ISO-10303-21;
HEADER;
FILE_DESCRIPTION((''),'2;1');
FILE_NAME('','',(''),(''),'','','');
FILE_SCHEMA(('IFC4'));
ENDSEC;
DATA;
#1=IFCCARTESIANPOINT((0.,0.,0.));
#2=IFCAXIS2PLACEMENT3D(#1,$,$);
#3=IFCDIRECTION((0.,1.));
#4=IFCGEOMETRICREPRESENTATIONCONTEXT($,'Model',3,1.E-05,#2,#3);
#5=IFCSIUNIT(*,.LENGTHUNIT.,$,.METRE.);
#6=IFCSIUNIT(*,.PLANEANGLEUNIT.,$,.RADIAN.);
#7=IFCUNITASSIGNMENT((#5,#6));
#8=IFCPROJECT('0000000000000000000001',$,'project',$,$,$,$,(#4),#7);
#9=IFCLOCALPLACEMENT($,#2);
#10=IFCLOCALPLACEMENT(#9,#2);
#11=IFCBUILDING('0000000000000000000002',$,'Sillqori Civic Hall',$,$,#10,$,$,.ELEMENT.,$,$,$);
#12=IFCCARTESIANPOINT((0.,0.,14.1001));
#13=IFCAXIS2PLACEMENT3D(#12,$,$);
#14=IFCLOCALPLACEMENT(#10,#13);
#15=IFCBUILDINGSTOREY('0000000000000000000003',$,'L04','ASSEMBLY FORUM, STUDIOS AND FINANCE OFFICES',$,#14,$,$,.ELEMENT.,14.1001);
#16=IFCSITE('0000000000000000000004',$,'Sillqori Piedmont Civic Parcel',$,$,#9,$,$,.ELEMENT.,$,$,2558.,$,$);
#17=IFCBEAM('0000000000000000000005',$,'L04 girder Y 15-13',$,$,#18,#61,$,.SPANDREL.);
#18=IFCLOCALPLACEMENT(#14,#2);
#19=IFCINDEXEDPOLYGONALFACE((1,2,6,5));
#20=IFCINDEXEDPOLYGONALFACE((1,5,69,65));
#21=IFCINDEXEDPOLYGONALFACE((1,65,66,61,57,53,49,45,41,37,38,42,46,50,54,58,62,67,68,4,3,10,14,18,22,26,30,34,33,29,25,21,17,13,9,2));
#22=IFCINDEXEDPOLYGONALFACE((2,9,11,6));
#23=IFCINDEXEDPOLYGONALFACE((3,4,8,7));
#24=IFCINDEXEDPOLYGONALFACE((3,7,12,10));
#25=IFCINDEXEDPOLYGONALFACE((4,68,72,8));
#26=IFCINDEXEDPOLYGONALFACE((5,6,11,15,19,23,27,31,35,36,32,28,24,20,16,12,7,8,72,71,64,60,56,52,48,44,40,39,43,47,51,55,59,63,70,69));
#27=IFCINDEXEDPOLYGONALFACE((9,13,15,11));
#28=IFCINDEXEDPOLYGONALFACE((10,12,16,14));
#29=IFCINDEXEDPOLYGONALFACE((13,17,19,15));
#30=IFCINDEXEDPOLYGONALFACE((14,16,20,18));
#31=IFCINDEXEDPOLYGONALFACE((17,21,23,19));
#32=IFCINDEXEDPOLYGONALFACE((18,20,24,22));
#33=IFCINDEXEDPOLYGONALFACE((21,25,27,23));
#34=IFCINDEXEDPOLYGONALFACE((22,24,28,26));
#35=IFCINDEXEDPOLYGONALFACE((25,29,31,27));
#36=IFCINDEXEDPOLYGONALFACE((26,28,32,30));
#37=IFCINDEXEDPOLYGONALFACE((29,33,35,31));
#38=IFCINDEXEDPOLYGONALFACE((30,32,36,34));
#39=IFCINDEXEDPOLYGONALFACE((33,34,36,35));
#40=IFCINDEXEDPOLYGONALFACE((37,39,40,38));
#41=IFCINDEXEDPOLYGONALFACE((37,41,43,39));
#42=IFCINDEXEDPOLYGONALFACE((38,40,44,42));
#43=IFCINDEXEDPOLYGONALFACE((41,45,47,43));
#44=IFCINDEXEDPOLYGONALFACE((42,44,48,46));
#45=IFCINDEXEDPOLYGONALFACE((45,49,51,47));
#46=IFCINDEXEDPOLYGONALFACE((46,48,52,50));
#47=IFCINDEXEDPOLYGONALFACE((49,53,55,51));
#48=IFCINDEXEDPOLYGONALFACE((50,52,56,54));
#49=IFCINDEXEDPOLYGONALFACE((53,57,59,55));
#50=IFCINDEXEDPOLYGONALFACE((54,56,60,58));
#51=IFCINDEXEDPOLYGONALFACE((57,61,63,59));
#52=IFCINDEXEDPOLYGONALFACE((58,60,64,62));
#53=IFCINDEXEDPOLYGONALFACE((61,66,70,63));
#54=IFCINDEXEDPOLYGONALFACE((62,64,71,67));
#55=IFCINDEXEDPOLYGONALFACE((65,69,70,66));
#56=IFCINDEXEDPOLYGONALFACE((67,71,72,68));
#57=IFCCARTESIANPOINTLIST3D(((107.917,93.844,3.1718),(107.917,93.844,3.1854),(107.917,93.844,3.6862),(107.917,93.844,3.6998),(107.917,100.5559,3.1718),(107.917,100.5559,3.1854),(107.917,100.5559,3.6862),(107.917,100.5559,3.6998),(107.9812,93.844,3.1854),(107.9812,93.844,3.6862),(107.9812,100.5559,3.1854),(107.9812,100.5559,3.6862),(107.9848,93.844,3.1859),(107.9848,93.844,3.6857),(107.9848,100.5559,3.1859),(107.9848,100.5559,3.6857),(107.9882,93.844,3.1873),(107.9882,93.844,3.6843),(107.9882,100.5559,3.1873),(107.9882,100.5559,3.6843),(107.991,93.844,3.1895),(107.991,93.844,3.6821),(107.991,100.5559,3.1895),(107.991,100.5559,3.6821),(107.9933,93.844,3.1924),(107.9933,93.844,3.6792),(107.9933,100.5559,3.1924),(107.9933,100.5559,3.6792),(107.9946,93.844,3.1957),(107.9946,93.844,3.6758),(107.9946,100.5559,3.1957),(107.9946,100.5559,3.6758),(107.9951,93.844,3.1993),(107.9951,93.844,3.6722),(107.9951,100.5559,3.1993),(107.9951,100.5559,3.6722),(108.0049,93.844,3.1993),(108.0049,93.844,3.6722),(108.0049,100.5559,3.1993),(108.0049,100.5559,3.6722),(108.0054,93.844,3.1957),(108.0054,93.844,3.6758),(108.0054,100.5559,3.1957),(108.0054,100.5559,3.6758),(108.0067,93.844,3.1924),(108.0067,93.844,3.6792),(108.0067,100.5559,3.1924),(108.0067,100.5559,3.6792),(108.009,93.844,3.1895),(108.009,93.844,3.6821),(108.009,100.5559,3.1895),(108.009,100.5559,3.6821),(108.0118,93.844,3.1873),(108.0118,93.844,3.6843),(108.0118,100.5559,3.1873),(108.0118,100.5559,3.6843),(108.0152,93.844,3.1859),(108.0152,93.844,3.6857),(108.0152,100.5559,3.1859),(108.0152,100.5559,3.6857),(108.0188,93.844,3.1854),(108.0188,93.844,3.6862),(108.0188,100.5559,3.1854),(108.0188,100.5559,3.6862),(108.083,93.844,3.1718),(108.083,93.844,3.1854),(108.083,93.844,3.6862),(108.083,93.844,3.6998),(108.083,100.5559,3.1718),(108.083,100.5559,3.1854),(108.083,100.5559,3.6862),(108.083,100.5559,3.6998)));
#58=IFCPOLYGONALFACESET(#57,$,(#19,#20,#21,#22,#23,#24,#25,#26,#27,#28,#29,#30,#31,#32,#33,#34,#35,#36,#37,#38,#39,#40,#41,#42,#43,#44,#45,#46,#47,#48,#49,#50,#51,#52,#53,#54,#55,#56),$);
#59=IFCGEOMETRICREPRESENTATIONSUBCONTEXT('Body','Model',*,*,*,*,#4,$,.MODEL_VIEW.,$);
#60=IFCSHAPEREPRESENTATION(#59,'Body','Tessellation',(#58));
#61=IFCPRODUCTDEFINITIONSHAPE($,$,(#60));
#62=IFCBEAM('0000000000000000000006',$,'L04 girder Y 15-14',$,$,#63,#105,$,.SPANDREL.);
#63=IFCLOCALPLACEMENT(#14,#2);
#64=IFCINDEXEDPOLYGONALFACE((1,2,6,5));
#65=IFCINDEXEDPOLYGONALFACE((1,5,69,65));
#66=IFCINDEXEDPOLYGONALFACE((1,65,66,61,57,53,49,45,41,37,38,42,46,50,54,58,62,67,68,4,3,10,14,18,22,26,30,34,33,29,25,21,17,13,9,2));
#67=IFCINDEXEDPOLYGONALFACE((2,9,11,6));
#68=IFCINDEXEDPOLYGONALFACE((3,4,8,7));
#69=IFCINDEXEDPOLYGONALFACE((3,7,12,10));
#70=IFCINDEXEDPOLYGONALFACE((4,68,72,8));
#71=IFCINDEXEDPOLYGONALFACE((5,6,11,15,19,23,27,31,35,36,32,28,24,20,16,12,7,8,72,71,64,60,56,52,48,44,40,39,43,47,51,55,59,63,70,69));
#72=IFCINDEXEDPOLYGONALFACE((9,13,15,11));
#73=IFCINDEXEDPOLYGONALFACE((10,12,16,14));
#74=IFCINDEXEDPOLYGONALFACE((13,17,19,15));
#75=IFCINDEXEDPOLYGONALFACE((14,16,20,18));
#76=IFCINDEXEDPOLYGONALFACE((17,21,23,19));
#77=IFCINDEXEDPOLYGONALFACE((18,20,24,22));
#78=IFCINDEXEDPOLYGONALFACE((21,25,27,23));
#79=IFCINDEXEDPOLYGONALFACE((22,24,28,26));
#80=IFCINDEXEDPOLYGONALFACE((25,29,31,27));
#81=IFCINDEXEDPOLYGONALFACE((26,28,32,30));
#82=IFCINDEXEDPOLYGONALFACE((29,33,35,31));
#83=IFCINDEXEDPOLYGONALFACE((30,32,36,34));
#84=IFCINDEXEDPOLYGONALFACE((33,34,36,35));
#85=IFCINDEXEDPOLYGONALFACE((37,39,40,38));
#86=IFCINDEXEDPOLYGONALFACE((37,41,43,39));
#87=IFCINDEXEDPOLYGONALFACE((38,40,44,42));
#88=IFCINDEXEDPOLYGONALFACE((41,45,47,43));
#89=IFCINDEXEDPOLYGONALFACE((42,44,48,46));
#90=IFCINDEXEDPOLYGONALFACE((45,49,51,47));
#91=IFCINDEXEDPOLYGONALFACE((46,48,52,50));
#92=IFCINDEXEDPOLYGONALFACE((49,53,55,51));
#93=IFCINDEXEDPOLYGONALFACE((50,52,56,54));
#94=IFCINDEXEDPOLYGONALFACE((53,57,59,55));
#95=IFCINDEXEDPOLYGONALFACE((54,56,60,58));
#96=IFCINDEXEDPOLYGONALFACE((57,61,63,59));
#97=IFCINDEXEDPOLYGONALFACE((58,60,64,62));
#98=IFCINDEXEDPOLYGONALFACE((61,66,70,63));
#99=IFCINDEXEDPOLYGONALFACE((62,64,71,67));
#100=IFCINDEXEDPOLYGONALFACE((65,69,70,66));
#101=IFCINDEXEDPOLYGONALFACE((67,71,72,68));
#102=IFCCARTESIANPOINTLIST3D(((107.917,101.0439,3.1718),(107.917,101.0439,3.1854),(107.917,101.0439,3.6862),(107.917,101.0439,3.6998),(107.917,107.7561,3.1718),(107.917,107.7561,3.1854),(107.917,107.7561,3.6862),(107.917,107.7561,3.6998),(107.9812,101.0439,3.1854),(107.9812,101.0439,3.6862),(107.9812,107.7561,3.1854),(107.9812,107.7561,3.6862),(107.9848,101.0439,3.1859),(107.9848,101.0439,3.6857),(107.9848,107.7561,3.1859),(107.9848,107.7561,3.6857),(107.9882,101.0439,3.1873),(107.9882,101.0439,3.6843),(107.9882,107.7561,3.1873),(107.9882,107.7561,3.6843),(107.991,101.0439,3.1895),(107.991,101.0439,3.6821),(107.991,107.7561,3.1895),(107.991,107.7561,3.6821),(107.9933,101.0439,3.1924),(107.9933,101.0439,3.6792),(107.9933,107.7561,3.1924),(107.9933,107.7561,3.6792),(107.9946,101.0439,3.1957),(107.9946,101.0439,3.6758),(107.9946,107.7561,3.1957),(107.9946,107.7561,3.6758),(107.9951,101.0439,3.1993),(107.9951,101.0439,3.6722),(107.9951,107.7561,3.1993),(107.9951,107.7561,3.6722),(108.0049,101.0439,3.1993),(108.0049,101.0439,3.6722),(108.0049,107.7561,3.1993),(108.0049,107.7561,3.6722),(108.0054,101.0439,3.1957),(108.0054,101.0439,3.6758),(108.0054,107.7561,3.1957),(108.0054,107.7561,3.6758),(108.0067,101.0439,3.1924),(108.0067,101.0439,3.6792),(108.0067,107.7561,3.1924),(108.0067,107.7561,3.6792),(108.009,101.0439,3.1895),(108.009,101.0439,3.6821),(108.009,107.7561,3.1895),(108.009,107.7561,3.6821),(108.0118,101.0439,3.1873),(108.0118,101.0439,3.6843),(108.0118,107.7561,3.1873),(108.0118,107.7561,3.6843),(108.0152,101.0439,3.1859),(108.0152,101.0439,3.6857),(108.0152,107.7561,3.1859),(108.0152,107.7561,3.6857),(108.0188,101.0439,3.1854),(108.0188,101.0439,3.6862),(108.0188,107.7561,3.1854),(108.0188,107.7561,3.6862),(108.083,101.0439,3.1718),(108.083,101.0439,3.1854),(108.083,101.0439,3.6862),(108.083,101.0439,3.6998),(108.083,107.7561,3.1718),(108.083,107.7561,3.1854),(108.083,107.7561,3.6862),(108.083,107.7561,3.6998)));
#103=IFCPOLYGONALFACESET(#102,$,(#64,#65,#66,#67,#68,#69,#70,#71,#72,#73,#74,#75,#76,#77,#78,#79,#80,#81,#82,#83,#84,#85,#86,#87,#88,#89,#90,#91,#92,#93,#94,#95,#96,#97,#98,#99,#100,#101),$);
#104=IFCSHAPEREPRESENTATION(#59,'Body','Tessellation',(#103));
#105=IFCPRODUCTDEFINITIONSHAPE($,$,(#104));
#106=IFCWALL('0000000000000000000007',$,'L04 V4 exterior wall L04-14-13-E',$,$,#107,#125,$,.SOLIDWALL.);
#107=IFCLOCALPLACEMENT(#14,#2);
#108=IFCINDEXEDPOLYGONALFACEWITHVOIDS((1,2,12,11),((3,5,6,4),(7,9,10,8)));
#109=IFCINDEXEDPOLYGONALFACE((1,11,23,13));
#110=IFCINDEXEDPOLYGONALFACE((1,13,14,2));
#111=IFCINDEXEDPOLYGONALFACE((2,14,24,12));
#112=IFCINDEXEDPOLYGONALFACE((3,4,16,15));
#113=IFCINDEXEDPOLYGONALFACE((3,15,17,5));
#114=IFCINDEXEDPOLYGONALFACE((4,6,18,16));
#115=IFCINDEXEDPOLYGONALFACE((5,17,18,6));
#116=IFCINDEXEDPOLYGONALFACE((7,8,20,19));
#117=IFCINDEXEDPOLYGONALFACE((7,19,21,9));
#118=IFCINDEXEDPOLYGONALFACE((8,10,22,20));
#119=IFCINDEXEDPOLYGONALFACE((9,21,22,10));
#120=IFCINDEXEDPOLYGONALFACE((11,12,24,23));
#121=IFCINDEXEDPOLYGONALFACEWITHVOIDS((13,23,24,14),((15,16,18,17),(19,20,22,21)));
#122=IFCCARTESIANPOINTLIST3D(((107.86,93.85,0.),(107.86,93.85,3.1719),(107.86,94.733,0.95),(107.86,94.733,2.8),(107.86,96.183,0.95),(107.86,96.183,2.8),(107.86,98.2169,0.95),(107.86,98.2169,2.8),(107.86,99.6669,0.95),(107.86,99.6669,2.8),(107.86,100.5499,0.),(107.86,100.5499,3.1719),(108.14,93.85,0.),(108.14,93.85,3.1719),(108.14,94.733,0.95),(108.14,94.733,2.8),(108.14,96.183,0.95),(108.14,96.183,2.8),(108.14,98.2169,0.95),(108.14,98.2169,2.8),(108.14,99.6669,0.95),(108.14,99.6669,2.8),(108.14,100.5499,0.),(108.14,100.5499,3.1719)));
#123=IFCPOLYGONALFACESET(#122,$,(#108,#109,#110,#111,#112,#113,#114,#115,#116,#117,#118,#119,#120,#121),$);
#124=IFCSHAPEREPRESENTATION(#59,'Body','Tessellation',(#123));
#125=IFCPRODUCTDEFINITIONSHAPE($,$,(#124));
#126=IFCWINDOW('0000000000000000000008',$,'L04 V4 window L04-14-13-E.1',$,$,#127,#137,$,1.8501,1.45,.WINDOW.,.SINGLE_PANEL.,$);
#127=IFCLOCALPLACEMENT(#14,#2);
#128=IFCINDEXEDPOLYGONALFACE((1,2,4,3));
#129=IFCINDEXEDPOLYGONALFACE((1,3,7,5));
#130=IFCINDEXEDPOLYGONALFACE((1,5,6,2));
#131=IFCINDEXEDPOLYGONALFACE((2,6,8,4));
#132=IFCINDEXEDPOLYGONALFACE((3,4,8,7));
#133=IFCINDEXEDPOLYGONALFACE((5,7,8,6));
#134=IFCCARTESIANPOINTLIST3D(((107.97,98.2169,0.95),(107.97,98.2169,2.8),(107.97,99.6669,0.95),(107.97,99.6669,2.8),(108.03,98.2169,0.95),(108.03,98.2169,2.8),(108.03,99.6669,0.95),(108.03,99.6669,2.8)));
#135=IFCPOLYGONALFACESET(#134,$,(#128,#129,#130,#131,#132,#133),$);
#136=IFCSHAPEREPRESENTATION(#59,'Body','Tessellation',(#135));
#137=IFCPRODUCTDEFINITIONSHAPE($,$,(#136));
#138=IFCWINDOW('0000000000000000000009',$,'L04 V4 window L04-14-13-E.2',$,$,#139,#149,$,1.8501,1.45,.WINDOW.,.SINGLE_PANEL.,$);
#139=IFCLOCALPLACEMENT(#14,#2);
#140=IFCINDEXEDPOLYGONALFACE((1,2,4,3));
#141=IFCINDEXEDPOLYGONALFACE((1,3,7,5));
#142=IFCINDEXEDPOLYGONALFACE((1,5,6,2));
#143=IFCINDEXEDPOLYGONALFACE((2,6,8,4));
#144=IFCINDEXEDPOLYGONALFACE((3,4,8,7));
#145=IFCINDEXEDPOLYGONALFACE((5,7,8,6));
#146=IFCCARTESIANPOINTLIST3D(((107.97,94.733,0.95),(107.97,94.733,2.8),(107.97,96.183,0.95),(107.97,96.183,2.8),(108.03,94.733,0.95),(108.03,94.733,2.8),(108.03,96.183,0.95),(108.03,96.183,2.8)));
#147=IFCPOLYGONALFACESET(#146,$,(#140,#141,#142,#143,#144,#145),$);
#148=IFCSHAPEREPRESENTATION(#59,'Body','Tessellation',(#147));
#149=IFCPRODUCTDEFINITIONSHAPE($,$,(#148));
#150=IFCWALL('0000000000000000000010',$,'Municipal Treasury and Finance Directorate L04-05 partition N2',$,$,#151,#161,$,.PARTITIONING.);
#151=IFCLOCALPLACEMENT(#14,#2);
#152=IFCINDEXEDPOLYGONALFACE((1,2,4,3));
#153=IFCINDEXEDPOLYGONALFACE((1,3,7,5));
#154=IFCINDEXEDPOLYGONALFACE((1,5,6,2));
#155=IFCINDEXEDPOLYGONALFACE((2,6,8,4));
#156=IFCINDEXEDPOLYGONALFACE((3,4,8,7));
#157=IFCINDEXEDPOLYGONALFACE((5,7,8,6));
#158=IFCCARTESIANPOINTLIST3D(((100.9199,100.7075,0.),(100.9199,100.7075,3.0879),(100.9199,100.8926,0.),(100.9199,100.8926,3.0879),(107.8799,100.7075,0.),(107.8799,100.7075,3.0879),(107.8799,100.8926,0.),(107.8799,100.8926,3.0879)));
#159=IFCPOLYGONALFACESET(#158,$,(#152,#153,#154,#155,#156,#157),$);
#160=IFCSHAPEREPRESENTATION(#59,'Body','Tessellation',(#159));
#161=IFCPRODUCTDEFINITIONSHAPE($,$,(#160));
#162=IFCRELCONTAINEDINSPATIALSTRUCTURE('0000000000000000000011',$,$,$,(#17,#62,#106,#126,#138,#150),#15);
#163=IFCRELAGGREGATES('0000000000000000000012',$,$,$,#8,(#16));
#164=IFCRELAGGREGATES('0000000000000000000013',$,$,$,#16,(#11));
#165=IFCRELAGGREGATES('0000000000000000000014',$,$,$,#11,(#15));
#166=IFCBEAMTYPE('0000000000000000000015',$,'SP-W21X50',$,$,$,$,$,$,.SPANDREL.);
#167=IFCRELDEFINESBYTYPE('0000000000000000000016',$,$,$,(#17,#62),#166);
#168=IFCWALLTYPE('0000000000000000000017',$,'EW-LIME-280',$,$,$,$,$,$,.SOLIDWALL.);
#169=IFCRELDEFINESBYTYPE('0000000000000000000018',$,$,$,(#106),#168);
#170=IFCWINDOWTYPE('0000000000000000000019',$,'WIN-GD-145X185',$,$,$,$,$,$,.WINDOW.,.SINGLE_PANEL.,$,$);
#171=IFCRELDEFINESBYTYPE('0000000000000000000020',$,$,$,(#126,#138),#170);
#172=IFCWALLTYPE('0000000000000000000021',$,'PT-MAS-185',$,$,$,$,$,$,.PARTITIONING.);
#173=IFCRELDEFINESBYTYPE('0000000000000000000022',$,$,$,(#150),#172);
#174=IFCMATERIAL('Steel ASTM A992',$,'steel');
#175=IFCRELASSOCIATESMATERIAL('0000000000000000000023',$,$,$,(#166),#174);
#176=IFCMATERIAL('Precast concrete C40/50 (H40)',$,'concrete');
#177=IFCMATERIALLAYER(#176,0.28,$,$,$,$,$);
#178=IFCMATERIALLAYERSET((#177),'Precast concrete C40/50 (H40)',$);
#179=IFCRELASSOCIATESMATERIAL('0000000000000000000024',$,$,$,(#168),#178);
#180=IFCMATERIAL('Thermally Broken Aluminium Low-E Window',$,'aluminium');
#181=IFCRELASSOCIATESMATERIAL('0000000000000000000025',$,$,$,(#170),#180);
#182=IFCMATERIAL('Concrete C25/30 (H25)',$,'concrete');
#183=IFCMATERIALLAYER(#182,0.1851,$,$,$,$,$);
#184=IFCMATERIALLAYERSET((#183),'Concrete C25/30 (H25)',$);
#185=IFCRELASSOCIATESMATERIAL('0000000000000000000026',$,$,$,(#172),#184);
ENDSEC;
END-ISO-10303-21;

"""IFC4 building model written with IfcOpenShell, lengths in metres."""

from ifc_helpers import new_model, si_unit, direction, frame, frame_2d, origin, origin_2d, place, context, subcontext, project, spatial, rectangle, i_section, extrude, material, layer, layer_set, material_profile, profile_set, type_object, element, fill, save


model = new_model("IFC4")

# Units and contexts
model_context = context("Model", 3, precision=1e-05, world=origin(), true_north=direction((0.0, 1.0)))
body_context = subcontext(model_context, "Body", "Model", "MODEL_VIEW")
ifc_project = project(units=[si_unit("LENGTHUNIT", "METRE"), si_unit("PLANEANGLEUNIT", "RADIAN")], contexts=[model_context])

# Site, building, storey
site_placement = place(None, origin())
site = spatial("IfcSite", under=ifc_project, at=site_placement, Name="Sillqori Piedmont Civic Parcel", CompositionType="ELEMENT", RefElevation=2558.0)
building_placement = place(site_placement, origin())
building = spatial("IfcBuilding", under=site, at=building_placement, Name="Sillqori Civic Hall", CompositionType="ELEMENT")
storey_placement = place(building_placement, frame((0.0, 0.0, 14.1001)))
storey = spatial("IfcBuildingStorey", under=building, at=storey_placement, Name="L04", Description="ASSEMBLY FORUM, STUDIOS AND FINANCE OFFICES", CompositionType="ELEMENT", Elevation=14.1001)

# Shared definitions
ifc_material_1 = material(Name="Steel ASTM A992", Category="steel")

# Beams
ifc_material_profile_1 = material_profile(ifc_material_1, i_section(OverallWidth=0.166, OverallDepth=0.5281, WebThickness=0.0098, FlangeThickness=0.0137, FilletRadius=0.0139, at=origin_2d()), Name="W21X50")
ifc_profile_set_1 = profile_set([ifc_material_profile_1], Name="Steel ASTM A992")
beam_type_1 = type_object("IfcBeamType", Name="SP-W21X50", PredefinedType="SPANDREL", material=ifc_profile_set_1)
beam_1_placement = place(storey_placement, frame((108.0, 93.844, 3.4358), z_axis=(0.0, 1.0, 0.0), x_axis=(-1.0, 0.0, 0.0)))
element("IfcBeam", 1, at=beam_1_placement, inside=storey, type_object=beam_type_1, Name="L04 girder Y 15-13", PredefinedType="SPANDREL", context=body_context, shape_type="SweptSolid", body=[
    extrude(i_section(OverallWidth=0.166, OverallDepth=0.5281, WebThickness=0.0098, FlangeThickness=0.0137, FilletRadius=0.0139, at=origin_2d()), origin(), (0.0, 0.0, 1.0), 6.7119),
])
beam_2_placement = place(storey_placement, frame((108.0, 101.0439, 3.4358), z_axis=(0.0, 1.0, 0.0), x_axis=(-1.0, 0.0, 0.0)))
element("IfcBeam", 2, at=beam_2_placement, inside=storey, type_object=beam_type_1, Name="L04 girder Y 15-14", PredefinedType="SPANDREL", context=body_context, shape_type="SweptSolid", body=[
    extrude(i_section(OverallWidth=0.166, OverallDepth=0.5281, WebThickness=0.0098, FlangeThickness=0.0137, FilletRadius=0.0139, at=origin_2d()), origin(), (0.0, 0.0, 1.0), 6.7122),
])

# Wall, openings, windows
ifc_material_2 = material(Name="Precast concrete C40/50 (H40)", Category="concrete")
ifc_layer_1 = layer(ifc_material_2, 0.28)
ifc_layer_set_1 = layer_set([ifc_layer_1], Name="Precast concrete C40/50 (H40)")
wall_type_1 = type_object("IfcWallType", Name="EW-LIME-280", PredefinedType="SOLIDWALL", material=ifc_layer_set_1)
wall_1_placement = place(storey_placement, frame((108.0, 100.55, 0.0), z_axis=(0.0, 0.0, 1.0), x_axis=(0.0, -1.0, 0.0)))
wall_1 = element("IfcWall", 3, at=wall_1_placement, inside=storey, type_object=wall_type_1, Name="L04 V4 exterior wall L04-14-13-E", PredefinedType="SOLIDWALL", context=body_context, shape_type="SweptSolid", body=[
    extrude(rectangle(XDim=6.7, YDim=0.28, at=frame_2d((3.3501, 0.0))), origin(), (0.0, 0.0, 1.0), 3.1719),
])
opening_1_placement = place(wall_1_placement, frame((0.8831, 0.0, 0.95)))
opening_1 = element("IfcOpeningElement", 4, at=opening_1_placement, cuts=wall_1, PredefinedType="OPENING", context=body_context, shape_type="SweptSolid", body=[
    extrude(rectangle(XDim=1.45, YDim=1.8501, at=frame_2d((0.7251, 0.925))), frame((0.0, 0.1499, 0.0), z_axis=(0.0, -1.0, 0.0), x_axis=(1.0, 0.0, 0.0)), (0.0, 0.0, 1.0), 0.3),
])
opening_2_placement = place(wall_1_placement, frame((4.3669, 0.0, 0.95)))
opening_2 = element("IfcOpeningElement", 5, at=opening_2_placement, cuts=wall_1, PredefinedType="OPENING", context=body_context, shape_type="SweptSolid", body=[
    extrude(rectangle(XDim=1.45, YDim=1.8501, at=frame_2d((0.7251, 0.925))), frame((0.0, 0.1499, 0.0), z_axis=(0.0, -1.0, 0.0), x_axis=(1.0, 0.0, 0.0)), (0.0, 0.0, 1.0), 0.3),
])
ifc_material_3 = material(Name="Thermally Broken Aluminium Low-E Window", Category="aluminium")
window_type = type_object("IfcWindowType", Name="WIN-GD-145X185", PartitioningType="SINGLE_PANEL", PredefinedType="WINDOW", material=ifc_material_3)
window_1_placement = place(opening_1_placement, origin())
window_1 = element("IfcWindow", 6, at=window_1_placement, inside=storey, type_object=window_type, Name="L04 V4 window L04-14-13-E.1", OverallHeight=1.8501, OverallWidth=1.45, PartitioningType="SINGLE_PANEL", PredefinedType="WINDOW", context=body_context, shape_type="SweptSolid", body=[
    extrude(rectangle(XDim=1.45, YDim=1.8501, at=frame_2d((0.7251, 0.925))), frame((0.0, 0.03, 0.0), z_axis=(0.0, -1.0, 0.0), x_axis=(1.0, 0.0, 0.0)), (0.0, 0.0, 1.0), 0.0601),
])
fill(opening_1, window_1)
window_2_placement = place(opening_2_placement, origin())
window_2 = element("IfcWindow", 7, at=window_2_placement, inside=storey, type_object=window_type, Name="L04 V4 window L04-14-13-E.2", OverallHeight=1.8501, OverallWidth=1.45, PartitioningType="SINGLE_PANEL", PredefinedType="WINDOW", context=body_context, shape_type="SweptSolid", body=[
    extrude(rectangle(XDim=1.45, YDim=1.8501, at=frame_2d((0.7251, 0.925))), frame((0.0, 0.03, 0.0), z_axis=(0.0, -1.0, 0.0), x_axis=(1.0, 0.0, 0.0)), (0.0, 0.0, 1.0), 0.0601),
])
fill(opening_2, window_2)

# Wall
ifc_material_4 = material(Name="Concrete C25/30 (H25)", Category="concrete")
ifc_layer_2 = layer(ifc_material_4, 0.1851)
ifc_layer_set_2 = layer_set([ifc_layer_2], Name="Concrete C25/30 (H25)")
wall_type_2 = type_object("IfcWallType", Name="PT-MAS-185", PredefinedType="PARTITIONING", material=ifc_layer_set_2)
wall_2_placement = place(storey_placement, frame((100.9199, 100.8, 0.0), z_axis=(0.0, 0.0, 1.0), x_axis=(1.0, 0.0, 0.0)))
element("IfcWall", 8, at=wall_2_placement, inside=storey, type_object=wall_type_2, Name="Municipal Treasury and Finance Directorate L04-05 partition N2", PredefinedType="PARTITIONING", context=body_context, shape_type="SweptSolid", body=[
    extrude(rectangle(XDim=6.96, YDim=0.1851, at=frame_2d((3.48, 0.0))), origin(), (0.0, 0.0, 1.0), 3.0879),
])

save(model, "model.ifc")
